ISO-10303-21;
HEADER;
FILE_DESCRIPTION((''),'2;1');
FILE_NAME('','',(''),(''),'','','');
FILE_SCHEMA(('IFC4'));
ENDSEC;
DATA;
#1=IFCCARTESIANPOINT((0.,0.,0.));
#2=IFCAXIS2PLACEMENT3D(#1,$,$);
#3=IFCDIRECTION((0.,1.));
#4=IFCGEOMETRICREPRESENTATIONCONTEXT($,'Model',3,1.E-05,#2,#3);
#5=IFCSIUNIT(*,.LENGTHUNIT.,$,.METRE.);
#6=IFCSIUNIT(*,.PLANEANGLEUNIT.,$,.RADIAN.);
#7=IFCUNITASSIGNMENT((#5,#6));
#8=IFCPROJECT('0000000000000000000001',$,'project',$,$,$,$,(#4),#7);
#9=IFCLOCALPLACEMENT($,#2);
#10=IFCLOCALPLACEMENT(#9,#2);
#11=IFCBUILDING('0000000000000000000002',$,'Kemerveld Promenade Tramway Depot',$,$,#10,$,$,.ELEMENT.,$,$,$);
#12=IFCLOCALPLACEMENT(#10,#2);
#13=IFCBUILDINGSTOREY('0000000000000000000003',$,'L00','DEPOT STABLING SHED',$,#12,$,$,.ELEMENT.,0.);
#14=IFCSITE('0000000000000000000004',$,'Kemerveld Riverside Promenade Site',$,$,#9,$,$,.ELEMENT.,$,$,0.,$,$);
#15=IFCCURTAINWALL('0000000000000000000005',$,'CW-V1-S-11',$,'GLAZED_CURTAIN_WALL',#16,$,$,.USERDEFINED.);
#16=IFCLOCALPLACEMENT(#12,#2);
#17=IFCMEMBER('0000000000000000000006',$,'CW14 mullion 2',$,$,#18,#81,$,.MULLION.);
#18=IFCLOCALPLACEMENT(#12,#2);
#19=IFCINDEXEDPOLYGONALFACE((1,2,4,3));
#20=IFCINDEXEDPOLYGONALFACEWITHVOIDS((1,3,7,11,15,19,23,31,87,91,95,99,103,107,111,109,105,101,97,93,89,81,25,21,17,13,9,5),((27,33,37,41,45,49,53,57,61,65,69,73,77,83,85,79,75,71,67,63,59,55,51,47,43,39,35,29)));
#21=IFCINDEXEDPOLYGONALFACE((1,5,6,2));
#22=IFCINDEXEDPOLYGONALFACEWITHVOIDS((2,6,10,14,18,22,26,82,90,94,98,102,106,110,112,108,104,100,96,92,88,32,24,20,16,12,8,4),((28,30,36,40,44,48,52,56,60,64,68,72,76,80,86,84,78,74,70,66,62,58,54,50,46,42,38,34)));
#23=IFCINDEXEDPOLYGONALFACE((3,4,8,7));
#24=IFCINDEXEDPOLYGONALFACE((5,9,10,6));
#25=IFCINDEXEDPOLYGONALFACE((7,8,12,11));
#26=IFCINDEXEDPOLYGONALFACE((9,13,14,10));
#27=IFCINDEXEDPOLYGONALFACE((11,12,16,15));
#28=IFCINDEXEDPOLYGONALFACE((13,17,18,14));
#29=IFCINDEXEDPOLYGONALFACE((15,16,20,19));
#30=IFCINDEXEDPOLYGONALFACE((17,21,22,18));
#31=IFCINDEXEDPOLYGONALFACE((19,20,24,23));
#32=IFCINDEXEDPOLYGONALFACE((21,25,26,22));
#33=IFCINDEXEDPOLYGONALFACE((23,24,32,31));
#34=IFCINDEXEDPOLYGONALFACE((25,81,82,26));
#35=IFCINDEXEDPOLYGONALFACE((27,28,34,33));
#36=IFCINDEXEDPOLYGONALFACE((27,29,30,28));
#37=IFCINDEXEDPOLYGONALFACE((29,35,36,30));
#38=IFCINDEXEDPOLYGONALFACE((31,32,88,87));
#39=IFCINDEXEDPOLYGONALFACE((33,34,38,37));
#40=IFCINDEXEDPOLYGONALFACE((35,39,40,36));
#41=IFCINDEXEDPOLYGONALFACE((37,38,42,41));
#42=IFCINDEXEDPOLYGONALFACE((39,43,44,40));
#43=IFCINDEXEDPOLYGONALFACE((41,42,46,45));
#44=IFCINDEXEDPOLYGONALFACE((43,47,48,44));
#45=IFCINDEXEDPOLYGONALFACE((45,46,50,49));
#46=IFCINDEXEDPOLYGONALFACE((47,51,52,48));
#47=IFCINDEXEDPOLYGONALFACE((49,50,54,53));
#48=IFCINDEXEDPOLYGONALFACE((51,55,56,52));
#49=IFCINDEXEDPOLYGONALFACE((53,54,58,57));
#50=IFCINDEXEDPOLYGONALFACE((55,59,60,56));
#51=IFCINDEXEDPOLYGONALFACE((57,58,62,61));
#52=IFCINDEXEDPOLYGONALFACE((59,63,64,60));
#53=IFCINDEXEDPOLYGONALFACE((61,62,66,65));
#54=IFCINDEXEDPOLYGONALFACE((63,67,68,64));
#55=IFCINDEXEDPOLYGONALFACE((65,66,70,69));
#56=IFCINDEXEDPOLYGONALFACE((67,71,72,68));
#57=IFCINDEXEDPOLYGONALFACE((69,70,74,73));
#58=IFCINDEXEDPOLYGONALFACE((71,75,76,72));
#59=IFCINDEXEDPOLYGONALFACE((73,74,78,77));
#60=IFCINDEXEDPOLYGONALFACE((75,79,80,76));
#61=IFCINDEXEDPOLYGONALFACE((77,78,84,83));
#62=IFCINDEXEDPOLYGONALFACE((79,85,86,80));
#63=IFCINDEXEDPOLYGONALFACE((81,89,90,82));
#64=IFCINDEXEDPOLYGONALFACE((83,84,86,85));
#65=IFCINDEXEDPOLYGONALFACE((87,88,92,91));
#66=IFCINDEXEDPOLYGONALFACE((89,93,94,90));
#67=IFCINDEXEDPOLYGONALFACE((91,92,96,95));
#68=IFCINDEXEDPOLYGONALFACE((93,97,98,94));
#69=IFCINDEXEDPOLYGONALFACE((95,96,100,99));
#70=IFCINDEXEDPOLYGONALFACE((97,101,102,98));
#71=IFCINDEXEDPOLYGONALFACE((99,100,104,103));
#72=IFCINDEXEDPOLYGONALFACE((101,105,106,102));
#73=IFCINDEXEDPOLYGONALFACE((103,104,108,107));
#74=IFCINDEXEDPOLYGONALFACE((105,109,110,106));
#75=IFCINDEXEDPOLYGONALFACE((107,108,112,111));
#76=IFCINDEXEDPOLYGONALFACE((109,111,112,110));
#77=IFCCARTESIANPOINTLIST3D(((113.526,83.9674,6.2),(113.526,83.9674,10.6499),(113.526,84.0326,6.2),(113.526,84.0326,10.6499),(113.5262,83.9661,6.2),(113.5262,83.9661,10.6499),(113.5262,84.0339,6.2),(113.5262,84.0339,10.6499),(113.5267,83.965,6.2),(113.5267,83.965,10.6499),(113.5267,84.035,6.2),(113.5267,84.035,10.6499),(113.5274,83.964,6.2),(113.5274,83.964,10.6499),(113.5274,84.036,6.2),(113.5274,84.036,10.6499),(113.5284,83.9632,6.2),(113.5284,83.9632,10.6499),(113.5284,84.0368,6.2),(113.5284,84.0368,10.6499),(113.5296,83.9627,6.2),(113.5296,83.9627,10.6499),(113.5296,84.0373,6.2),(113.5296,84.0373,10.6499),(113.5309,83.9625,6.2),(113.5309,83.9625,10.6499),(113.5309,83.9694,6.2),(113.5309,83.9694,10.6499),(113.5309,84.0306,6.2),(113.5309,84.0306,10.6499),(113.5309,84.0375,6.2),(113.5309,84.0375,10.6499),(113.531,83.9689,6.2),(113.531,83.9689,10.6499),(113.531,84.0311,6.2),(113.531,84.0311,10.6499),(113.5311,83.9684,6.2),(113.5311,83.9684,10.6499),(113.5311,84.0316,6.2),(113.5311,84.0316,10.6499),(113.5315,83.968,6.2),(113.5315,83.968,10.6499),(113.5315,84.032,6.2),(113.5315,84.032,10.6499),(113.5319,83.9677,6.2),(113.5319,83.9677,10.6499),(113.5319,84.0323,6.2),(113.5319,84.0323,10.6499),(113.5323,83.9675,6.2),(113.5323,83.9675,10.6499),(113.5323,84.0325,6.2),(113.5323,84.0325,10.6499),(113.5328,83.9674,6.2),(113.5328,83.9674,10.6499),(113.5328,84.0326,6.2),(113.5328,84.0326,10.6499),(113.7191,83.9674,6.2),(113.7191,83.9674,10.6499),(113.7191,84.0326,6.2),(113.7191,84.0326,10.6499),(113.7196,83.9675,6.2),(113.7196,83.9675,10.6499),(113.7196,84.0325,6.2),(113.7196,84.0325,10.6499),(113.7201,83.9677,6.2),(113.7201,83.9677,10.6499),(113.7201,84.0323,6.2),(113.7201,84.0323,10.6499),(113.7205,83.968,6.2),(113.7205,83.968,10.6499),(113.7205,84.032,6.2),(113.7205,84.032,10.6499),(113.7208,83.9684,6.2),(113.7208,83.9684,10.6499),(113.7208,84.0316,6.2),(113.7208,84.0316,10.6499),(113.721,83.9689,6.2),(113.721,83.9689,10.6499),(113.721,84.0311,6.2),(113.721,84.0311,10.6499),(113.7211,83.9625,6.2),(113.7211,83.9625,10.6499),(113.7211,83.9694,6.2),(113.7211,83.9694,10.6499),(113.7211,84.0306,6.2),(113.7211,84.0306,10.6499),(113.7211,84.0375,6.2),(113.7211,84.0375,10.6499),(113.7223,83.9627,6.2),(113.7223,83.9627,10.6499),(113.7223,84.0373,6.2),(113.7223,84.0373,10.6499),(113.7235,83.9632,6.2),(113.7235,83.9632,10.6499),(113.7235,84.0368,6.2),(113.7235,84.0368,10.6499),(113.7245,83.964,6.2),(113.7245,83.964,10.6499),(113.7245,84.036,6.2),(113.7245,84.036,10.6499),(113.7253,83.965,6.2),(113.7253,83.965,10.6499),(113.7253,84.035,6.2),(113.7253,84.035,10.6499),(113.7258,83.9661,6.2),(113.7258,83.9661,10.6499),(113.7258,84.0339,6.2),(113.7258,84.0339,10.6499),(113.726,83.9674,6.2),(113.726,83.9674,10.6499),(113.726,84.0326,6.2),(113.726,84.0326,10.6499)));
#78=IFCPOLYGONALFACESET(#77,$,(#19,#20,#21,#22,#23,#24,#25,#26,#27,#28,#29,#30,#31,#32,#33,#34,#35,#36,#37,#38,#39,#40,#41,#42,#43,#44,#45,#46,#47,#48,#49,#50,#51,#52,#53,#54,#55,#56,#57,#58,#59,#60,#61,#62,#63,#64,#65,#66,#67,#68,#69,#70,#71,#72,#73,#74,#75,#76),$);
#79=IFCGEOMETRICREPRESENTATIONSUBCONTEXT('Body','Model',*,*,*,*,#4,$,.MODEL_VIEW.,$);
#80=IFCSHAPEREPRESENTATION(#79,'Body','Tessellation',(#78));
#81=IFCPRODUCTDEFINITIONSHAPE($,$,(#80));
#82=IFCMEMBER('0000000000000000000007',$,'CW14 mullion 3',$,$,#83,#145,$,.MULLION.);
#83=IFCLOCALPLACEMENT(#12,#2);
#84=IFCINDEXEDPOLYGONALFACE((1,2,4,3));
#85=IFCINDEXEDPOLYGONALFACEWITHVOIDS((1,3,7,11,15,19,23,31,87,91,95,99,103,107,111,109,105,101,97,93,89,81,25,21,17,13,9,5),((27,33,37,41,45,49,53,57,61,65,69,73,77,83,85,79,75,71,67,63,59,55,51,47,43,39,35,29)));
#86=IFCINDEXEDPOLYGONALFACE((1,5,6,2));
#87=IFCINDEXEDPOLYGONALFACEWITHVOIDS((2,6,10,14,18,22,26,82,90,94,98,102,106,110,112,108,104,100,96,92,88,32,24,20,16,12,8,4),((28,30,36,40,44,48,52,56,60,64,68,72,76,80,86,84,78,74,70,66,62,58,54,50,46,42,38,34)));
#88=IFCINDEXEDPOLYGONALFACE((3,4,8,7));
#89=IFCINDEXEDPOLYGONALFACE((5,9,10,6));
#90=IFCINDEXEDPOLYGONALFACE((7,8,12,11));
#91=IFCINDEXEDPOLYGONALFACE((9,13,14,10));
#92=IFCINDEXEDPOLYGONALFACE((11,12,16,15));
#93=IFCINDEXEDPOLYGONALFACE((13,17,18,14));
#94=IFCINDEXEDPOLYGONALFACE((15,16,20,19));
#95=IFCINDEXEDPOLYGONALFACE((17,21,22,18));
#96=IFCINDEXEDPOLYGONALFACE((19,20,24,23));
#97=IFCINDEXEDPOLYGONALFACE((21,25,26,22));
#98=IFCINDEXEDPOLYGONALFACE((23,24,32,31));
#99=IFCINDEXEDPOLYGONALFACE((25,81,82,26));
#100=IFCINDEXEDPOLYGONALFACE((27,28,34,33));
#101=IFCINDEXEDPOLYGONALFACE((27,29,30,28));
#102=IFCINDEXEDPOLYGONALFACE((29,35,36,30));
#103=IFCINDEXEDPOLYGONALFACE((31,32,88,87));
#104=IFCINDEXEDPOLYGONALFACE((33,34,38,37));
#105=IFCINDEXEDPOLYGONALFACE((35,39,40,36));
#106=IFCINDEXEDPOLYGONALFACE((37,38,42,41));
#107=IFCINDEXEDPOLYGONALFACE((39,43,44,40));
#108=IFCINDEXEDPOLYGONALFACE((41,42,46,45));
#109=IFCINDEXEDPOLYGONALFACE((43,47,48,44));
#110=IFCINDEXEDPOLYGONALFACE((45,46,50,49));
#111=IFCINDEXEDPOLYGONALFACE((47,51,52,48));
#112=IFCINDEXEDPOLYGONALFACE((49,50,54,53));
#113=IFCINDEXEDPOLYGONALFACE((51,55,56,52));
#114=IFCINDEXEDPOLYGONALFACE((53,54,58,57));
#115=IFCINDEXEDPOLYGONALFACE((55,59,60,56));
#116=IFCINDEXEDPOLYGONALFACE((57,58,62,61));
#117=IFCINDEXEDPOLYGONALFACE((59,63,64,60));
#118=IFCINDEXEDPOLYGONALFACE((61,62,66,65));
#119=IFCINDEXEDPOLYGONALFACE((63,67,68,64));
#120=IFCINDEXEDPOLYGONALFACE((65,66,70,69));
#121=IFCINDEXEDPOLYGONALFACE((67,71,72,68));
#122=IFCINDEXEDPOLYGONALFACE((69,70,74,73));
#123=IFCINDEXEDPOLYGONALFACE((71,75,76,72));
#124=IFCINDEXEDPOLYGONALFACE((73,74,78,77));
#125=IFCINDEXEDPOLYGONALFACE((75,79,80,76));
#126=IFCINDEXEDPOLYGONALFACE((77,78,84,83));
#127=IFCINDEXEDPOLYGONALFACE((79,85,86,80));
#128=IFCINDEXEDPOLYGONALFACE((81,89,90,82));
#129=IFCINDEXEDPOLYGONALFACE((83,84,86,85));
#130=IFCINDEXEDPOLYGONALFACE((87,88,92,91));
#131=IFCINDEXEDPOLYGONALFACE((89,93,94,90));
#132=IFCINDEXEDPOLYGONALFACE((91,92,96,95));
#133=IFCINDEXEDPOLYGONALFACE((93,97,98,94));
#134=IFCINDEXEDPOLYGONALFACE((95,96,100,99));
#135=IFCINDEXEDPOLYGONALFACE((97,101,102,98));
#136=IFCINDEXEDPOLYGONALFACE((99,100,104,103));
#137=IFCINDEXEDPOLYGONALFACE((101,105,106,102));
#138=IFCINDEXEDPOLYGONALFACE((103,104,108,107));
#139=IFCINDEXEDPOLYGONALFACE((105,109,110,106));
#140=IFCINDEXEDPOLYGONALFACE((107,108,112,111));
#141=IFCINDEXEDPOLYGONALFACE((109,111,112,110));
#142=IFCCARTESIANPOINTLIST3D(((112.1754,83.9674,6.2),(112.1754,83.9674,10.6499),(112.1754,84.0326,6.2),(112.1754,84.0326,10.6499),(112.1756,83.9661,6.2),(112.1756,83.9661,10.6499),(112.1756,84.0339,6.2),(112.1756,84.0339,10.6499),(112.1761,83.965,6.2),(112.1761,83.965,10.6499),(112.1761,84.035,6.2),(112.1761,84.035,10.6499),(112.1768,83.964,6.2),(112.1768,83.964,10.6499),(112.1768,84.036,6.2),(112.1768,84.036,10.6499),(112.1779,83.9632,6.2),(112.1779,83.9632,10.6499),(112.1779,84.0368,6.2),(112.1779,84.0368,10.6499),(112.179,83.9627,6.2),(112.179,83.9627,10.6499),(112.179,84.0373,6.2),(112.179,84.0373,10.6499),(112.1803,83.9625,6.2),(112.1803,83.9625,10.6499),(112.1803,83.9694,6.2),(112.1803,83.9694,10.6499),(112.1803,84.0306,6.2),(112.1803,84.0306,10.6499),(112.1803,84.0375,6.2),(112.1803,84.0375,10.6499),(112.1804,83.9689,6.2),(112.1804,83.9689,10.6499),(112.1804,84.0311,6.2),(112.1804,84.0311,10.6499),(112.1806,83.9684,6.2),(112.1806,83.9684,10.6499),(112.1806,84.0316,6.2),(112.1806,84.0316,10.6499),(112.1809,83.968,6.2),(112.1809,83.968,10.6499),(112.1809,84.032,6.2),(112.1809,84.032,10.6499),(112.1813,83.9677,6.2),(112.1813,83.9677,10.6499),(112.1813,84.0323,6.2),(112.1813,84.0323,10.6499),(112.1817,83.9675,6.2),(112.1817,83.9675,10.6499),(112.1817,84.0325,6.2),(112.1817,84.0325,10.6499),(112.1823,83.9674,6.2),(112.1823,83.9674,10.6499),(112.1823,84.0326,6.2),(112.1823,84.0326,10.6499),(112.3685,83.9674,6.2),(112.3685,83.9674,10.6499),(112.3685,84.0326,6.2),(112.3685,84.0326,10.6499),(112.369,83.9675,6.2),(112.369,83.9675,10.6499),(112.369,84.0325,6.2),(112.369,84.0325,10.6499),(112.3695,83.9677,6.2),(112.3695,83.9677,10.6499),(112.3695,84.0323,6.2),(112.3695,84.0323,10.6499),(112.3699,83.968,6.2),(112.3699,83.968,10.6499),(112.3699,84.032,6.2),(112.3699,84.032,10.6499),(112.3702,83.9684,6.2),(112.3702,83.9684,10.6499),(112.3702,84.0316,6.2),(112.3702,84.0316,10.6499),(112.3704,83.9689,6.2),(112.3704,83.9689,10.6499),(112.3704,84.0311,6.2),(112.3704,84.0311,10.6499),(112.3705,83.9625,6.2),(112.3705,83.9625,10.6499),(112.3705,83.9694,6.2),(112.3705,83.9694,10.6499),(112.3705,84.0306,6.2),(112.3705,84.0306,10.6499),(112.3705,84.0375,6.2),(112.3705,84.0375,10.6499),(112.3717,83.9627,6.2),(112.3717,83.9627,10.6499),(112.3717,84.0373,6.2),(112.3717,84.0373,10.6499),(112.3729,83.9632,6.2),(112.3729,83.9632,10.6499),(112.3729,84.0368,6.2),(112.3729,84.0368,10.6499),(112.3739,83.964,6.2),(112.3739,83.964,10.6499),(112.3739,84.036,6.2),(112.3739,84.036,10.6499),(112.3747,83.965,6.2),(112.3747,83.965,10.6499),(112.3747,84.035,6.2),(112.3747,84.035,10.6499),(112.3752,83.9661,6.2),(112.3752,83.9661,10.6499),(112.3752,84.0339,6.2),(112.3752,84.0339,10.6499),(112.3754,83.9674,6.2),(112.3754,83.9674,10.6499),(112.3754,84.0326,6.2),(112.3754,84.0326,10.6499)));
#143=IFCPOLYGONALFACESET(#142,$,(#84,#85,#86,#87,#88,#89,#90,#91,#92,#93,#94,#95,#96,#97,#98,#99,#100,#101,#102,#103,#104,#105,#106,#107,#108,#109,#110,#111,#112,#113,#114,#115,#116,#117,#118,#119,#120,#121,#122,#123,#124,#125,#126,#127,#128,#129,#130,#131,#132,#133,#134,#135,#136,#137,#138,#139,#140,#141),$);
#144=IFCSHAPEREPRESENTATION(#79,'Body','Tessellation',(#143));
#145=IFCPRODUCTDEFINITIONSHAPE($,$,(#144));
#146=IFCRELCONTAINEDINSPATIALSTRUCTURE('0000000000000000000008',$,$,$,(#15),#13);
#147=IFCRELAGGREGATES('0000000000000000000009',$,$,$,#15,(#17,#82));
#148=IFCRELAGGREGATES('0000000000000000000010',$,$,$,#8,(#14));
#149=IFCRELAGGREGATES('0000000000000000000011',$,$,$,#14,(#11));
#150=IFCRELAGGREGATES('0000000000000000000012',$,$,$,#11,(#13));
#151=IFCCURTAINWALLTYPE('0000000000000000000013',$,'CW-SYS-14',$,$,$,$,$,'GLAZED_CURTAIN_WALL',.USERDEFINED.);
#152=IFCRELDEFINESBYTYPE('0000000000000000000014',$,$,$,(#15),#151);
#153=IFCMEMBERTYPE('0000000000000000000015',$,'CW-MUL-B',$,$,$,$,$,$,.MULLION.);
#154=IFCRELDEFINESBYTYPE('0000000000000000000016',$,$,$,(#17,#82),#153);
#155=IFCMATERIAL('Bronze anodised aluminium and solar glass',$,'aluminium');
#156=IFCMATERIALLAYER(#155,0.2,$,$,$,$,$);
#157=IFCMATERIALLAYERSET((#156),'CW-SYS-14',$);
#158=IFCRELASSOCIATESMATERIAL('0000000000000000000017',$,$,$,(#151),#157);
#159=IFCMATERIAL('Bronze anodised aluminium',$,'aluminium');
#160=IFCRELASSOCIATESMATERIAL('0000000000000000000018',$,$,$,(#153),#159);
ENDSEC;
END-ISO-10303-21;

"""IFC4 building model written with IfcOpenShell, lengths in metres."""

from ifc_helpers import new_model, si_unit, direction, frame, origin, origin_2d, place, context, subcontext, project, spatial, hollow_rectangle, extrude, material, layer, layer_set, material_profile, profile_set, type_object, element, aggregate, save


model = new_model("IFC4")

# Units and contexts
model_context = context("Model", 3, precision=1e-05, world=origin(), true_north=direction((0.0, 1.0)))
body_context = subcontext(model_context, "Body", "Model", "MODEL_VIEW")
ifc_project = project(units=[si_unit("LENGTHUNIT", "METRE"), si_unit("PLANEANGLEUNIT", "RADIAN")], contexts=[model_context])

# Site, building, storey
site_placement = place(None, origin())
site = spatial("IfcSite", under=ifc_project, at=site_placement, Name="Kemerveld Riverside Promenade Site", CompositionType="ELEMENT", RefElevation=0.0)
building_placement = place(site_placement, origin())
building = spatial("IfcBuilding", under=site, at=building_placement, Name="Kemerveld Promenade Tramway Depot", CompositionType="ELEMENT")
storey_placement = place(building_placement, origin())
storey = spatial("IfcBuildingStorey", under=building, at=storey_placement, Name="L00", Description="DEPOT STABLING SHED", CompositionType="ELEMENT", Elevation=0.0)

# Curtain wall, members
ifc_material_1 = material(Name="Bronze anodised aluminium and solar glass", Category="aluminium")
ifc_material_2 = material(Name="Bronze anodised aluminium", Category="aluminium")
ifc_layer_1 = layer(ifc_material_1, 0.2)
ifc_layer_set_1 = layer_set([ifc_layer_1], Name="CW-SYS-14")
curtain_wall_type_1 = type_object("IfcCurtainWallType", Name="CW-SYS-14", ElementType="GLAZED_CURTAIN_WALL", PredefinedType="USERDEFINED", material=ifc_layer_set_1)
curtain_wall_1_placement = place(storey_placement, origin())
curtain_wall_1 = element("IfcCurtainWall", 1, at=curtain_wall_1_placement, inside=storey, type_object=curtain_wall_type_1, Name="CW-V1-S-11", ObjectType="GLAZED_CURTAIN_WALL", PredefinedType="USERDEFINED")
ifc_material_profile_1 = material_profile(ifc_material_2, hollow_rectangle(XDim=0.075, YDim=0.2, WallThickness=0.0049, InnerFilletRadius=0.002, OuterFilletRadius=0.0049, at=origin_2d()), Name="CW-MUL-200x75")
ifc_profile_set_1 = profile_set([ifc_material_profile_1], Name="Bronze anodised aluminium")
member_type_1 = type_object("IfcMemberType", Name="CW-MUL-B", PredefinedType="MULLION", material=ifc_profile_set_1)
member_1_placement = place(storey_placement, frame((113.626, 84.0, 6.2), z_axis=(0.0, 0.0, 1.0), x_axis=(0.0, -1.0, 0.0)))
member_1 = element("IfcMember", 2, at=member_1_placement, type_object=member_type_1, Name="CW14 mullion 2", PredefinedType="MULLION", context=body_context, shape_type="SweptSolid", body=[
    extrude(hollow_rectangle(XDim=0.075, YDim=0.2, WallThickness=0.0049, InnerFilletRadius=0.002, OuterFilletRadius=0.0049, at=origin_2d()), origin(), (0.0, 0.0, 1.0), 4.45),
])
member_2_placement = place(storey_placement, frame((112.2754, 84.0, 6.2), z_axis=(0.0, 0.0, 1.0), x_axis=(0.0, -1.0, 0.0)))
member_2 = element("IfcMember", 3, at=member_2_placement, type_object=member_type_1, Name="CW14 mullion 3", PredefinedType="MULLION", context=body_context, shape_type="SweptSolid", body=[
    extrude(hollow_rectangle(XDim=0.075, YDim=0.2, WallThickness=0.0049, InnerFilletRadius=0.002, OuterFilletRadius=0.0049, at=origin_2d()), origin(), (0.0, 0.0, 1.0), 4.45),
])

aggregate(curtain_wall_1, [member_1, member_2])

save(model, "model.ifc")
